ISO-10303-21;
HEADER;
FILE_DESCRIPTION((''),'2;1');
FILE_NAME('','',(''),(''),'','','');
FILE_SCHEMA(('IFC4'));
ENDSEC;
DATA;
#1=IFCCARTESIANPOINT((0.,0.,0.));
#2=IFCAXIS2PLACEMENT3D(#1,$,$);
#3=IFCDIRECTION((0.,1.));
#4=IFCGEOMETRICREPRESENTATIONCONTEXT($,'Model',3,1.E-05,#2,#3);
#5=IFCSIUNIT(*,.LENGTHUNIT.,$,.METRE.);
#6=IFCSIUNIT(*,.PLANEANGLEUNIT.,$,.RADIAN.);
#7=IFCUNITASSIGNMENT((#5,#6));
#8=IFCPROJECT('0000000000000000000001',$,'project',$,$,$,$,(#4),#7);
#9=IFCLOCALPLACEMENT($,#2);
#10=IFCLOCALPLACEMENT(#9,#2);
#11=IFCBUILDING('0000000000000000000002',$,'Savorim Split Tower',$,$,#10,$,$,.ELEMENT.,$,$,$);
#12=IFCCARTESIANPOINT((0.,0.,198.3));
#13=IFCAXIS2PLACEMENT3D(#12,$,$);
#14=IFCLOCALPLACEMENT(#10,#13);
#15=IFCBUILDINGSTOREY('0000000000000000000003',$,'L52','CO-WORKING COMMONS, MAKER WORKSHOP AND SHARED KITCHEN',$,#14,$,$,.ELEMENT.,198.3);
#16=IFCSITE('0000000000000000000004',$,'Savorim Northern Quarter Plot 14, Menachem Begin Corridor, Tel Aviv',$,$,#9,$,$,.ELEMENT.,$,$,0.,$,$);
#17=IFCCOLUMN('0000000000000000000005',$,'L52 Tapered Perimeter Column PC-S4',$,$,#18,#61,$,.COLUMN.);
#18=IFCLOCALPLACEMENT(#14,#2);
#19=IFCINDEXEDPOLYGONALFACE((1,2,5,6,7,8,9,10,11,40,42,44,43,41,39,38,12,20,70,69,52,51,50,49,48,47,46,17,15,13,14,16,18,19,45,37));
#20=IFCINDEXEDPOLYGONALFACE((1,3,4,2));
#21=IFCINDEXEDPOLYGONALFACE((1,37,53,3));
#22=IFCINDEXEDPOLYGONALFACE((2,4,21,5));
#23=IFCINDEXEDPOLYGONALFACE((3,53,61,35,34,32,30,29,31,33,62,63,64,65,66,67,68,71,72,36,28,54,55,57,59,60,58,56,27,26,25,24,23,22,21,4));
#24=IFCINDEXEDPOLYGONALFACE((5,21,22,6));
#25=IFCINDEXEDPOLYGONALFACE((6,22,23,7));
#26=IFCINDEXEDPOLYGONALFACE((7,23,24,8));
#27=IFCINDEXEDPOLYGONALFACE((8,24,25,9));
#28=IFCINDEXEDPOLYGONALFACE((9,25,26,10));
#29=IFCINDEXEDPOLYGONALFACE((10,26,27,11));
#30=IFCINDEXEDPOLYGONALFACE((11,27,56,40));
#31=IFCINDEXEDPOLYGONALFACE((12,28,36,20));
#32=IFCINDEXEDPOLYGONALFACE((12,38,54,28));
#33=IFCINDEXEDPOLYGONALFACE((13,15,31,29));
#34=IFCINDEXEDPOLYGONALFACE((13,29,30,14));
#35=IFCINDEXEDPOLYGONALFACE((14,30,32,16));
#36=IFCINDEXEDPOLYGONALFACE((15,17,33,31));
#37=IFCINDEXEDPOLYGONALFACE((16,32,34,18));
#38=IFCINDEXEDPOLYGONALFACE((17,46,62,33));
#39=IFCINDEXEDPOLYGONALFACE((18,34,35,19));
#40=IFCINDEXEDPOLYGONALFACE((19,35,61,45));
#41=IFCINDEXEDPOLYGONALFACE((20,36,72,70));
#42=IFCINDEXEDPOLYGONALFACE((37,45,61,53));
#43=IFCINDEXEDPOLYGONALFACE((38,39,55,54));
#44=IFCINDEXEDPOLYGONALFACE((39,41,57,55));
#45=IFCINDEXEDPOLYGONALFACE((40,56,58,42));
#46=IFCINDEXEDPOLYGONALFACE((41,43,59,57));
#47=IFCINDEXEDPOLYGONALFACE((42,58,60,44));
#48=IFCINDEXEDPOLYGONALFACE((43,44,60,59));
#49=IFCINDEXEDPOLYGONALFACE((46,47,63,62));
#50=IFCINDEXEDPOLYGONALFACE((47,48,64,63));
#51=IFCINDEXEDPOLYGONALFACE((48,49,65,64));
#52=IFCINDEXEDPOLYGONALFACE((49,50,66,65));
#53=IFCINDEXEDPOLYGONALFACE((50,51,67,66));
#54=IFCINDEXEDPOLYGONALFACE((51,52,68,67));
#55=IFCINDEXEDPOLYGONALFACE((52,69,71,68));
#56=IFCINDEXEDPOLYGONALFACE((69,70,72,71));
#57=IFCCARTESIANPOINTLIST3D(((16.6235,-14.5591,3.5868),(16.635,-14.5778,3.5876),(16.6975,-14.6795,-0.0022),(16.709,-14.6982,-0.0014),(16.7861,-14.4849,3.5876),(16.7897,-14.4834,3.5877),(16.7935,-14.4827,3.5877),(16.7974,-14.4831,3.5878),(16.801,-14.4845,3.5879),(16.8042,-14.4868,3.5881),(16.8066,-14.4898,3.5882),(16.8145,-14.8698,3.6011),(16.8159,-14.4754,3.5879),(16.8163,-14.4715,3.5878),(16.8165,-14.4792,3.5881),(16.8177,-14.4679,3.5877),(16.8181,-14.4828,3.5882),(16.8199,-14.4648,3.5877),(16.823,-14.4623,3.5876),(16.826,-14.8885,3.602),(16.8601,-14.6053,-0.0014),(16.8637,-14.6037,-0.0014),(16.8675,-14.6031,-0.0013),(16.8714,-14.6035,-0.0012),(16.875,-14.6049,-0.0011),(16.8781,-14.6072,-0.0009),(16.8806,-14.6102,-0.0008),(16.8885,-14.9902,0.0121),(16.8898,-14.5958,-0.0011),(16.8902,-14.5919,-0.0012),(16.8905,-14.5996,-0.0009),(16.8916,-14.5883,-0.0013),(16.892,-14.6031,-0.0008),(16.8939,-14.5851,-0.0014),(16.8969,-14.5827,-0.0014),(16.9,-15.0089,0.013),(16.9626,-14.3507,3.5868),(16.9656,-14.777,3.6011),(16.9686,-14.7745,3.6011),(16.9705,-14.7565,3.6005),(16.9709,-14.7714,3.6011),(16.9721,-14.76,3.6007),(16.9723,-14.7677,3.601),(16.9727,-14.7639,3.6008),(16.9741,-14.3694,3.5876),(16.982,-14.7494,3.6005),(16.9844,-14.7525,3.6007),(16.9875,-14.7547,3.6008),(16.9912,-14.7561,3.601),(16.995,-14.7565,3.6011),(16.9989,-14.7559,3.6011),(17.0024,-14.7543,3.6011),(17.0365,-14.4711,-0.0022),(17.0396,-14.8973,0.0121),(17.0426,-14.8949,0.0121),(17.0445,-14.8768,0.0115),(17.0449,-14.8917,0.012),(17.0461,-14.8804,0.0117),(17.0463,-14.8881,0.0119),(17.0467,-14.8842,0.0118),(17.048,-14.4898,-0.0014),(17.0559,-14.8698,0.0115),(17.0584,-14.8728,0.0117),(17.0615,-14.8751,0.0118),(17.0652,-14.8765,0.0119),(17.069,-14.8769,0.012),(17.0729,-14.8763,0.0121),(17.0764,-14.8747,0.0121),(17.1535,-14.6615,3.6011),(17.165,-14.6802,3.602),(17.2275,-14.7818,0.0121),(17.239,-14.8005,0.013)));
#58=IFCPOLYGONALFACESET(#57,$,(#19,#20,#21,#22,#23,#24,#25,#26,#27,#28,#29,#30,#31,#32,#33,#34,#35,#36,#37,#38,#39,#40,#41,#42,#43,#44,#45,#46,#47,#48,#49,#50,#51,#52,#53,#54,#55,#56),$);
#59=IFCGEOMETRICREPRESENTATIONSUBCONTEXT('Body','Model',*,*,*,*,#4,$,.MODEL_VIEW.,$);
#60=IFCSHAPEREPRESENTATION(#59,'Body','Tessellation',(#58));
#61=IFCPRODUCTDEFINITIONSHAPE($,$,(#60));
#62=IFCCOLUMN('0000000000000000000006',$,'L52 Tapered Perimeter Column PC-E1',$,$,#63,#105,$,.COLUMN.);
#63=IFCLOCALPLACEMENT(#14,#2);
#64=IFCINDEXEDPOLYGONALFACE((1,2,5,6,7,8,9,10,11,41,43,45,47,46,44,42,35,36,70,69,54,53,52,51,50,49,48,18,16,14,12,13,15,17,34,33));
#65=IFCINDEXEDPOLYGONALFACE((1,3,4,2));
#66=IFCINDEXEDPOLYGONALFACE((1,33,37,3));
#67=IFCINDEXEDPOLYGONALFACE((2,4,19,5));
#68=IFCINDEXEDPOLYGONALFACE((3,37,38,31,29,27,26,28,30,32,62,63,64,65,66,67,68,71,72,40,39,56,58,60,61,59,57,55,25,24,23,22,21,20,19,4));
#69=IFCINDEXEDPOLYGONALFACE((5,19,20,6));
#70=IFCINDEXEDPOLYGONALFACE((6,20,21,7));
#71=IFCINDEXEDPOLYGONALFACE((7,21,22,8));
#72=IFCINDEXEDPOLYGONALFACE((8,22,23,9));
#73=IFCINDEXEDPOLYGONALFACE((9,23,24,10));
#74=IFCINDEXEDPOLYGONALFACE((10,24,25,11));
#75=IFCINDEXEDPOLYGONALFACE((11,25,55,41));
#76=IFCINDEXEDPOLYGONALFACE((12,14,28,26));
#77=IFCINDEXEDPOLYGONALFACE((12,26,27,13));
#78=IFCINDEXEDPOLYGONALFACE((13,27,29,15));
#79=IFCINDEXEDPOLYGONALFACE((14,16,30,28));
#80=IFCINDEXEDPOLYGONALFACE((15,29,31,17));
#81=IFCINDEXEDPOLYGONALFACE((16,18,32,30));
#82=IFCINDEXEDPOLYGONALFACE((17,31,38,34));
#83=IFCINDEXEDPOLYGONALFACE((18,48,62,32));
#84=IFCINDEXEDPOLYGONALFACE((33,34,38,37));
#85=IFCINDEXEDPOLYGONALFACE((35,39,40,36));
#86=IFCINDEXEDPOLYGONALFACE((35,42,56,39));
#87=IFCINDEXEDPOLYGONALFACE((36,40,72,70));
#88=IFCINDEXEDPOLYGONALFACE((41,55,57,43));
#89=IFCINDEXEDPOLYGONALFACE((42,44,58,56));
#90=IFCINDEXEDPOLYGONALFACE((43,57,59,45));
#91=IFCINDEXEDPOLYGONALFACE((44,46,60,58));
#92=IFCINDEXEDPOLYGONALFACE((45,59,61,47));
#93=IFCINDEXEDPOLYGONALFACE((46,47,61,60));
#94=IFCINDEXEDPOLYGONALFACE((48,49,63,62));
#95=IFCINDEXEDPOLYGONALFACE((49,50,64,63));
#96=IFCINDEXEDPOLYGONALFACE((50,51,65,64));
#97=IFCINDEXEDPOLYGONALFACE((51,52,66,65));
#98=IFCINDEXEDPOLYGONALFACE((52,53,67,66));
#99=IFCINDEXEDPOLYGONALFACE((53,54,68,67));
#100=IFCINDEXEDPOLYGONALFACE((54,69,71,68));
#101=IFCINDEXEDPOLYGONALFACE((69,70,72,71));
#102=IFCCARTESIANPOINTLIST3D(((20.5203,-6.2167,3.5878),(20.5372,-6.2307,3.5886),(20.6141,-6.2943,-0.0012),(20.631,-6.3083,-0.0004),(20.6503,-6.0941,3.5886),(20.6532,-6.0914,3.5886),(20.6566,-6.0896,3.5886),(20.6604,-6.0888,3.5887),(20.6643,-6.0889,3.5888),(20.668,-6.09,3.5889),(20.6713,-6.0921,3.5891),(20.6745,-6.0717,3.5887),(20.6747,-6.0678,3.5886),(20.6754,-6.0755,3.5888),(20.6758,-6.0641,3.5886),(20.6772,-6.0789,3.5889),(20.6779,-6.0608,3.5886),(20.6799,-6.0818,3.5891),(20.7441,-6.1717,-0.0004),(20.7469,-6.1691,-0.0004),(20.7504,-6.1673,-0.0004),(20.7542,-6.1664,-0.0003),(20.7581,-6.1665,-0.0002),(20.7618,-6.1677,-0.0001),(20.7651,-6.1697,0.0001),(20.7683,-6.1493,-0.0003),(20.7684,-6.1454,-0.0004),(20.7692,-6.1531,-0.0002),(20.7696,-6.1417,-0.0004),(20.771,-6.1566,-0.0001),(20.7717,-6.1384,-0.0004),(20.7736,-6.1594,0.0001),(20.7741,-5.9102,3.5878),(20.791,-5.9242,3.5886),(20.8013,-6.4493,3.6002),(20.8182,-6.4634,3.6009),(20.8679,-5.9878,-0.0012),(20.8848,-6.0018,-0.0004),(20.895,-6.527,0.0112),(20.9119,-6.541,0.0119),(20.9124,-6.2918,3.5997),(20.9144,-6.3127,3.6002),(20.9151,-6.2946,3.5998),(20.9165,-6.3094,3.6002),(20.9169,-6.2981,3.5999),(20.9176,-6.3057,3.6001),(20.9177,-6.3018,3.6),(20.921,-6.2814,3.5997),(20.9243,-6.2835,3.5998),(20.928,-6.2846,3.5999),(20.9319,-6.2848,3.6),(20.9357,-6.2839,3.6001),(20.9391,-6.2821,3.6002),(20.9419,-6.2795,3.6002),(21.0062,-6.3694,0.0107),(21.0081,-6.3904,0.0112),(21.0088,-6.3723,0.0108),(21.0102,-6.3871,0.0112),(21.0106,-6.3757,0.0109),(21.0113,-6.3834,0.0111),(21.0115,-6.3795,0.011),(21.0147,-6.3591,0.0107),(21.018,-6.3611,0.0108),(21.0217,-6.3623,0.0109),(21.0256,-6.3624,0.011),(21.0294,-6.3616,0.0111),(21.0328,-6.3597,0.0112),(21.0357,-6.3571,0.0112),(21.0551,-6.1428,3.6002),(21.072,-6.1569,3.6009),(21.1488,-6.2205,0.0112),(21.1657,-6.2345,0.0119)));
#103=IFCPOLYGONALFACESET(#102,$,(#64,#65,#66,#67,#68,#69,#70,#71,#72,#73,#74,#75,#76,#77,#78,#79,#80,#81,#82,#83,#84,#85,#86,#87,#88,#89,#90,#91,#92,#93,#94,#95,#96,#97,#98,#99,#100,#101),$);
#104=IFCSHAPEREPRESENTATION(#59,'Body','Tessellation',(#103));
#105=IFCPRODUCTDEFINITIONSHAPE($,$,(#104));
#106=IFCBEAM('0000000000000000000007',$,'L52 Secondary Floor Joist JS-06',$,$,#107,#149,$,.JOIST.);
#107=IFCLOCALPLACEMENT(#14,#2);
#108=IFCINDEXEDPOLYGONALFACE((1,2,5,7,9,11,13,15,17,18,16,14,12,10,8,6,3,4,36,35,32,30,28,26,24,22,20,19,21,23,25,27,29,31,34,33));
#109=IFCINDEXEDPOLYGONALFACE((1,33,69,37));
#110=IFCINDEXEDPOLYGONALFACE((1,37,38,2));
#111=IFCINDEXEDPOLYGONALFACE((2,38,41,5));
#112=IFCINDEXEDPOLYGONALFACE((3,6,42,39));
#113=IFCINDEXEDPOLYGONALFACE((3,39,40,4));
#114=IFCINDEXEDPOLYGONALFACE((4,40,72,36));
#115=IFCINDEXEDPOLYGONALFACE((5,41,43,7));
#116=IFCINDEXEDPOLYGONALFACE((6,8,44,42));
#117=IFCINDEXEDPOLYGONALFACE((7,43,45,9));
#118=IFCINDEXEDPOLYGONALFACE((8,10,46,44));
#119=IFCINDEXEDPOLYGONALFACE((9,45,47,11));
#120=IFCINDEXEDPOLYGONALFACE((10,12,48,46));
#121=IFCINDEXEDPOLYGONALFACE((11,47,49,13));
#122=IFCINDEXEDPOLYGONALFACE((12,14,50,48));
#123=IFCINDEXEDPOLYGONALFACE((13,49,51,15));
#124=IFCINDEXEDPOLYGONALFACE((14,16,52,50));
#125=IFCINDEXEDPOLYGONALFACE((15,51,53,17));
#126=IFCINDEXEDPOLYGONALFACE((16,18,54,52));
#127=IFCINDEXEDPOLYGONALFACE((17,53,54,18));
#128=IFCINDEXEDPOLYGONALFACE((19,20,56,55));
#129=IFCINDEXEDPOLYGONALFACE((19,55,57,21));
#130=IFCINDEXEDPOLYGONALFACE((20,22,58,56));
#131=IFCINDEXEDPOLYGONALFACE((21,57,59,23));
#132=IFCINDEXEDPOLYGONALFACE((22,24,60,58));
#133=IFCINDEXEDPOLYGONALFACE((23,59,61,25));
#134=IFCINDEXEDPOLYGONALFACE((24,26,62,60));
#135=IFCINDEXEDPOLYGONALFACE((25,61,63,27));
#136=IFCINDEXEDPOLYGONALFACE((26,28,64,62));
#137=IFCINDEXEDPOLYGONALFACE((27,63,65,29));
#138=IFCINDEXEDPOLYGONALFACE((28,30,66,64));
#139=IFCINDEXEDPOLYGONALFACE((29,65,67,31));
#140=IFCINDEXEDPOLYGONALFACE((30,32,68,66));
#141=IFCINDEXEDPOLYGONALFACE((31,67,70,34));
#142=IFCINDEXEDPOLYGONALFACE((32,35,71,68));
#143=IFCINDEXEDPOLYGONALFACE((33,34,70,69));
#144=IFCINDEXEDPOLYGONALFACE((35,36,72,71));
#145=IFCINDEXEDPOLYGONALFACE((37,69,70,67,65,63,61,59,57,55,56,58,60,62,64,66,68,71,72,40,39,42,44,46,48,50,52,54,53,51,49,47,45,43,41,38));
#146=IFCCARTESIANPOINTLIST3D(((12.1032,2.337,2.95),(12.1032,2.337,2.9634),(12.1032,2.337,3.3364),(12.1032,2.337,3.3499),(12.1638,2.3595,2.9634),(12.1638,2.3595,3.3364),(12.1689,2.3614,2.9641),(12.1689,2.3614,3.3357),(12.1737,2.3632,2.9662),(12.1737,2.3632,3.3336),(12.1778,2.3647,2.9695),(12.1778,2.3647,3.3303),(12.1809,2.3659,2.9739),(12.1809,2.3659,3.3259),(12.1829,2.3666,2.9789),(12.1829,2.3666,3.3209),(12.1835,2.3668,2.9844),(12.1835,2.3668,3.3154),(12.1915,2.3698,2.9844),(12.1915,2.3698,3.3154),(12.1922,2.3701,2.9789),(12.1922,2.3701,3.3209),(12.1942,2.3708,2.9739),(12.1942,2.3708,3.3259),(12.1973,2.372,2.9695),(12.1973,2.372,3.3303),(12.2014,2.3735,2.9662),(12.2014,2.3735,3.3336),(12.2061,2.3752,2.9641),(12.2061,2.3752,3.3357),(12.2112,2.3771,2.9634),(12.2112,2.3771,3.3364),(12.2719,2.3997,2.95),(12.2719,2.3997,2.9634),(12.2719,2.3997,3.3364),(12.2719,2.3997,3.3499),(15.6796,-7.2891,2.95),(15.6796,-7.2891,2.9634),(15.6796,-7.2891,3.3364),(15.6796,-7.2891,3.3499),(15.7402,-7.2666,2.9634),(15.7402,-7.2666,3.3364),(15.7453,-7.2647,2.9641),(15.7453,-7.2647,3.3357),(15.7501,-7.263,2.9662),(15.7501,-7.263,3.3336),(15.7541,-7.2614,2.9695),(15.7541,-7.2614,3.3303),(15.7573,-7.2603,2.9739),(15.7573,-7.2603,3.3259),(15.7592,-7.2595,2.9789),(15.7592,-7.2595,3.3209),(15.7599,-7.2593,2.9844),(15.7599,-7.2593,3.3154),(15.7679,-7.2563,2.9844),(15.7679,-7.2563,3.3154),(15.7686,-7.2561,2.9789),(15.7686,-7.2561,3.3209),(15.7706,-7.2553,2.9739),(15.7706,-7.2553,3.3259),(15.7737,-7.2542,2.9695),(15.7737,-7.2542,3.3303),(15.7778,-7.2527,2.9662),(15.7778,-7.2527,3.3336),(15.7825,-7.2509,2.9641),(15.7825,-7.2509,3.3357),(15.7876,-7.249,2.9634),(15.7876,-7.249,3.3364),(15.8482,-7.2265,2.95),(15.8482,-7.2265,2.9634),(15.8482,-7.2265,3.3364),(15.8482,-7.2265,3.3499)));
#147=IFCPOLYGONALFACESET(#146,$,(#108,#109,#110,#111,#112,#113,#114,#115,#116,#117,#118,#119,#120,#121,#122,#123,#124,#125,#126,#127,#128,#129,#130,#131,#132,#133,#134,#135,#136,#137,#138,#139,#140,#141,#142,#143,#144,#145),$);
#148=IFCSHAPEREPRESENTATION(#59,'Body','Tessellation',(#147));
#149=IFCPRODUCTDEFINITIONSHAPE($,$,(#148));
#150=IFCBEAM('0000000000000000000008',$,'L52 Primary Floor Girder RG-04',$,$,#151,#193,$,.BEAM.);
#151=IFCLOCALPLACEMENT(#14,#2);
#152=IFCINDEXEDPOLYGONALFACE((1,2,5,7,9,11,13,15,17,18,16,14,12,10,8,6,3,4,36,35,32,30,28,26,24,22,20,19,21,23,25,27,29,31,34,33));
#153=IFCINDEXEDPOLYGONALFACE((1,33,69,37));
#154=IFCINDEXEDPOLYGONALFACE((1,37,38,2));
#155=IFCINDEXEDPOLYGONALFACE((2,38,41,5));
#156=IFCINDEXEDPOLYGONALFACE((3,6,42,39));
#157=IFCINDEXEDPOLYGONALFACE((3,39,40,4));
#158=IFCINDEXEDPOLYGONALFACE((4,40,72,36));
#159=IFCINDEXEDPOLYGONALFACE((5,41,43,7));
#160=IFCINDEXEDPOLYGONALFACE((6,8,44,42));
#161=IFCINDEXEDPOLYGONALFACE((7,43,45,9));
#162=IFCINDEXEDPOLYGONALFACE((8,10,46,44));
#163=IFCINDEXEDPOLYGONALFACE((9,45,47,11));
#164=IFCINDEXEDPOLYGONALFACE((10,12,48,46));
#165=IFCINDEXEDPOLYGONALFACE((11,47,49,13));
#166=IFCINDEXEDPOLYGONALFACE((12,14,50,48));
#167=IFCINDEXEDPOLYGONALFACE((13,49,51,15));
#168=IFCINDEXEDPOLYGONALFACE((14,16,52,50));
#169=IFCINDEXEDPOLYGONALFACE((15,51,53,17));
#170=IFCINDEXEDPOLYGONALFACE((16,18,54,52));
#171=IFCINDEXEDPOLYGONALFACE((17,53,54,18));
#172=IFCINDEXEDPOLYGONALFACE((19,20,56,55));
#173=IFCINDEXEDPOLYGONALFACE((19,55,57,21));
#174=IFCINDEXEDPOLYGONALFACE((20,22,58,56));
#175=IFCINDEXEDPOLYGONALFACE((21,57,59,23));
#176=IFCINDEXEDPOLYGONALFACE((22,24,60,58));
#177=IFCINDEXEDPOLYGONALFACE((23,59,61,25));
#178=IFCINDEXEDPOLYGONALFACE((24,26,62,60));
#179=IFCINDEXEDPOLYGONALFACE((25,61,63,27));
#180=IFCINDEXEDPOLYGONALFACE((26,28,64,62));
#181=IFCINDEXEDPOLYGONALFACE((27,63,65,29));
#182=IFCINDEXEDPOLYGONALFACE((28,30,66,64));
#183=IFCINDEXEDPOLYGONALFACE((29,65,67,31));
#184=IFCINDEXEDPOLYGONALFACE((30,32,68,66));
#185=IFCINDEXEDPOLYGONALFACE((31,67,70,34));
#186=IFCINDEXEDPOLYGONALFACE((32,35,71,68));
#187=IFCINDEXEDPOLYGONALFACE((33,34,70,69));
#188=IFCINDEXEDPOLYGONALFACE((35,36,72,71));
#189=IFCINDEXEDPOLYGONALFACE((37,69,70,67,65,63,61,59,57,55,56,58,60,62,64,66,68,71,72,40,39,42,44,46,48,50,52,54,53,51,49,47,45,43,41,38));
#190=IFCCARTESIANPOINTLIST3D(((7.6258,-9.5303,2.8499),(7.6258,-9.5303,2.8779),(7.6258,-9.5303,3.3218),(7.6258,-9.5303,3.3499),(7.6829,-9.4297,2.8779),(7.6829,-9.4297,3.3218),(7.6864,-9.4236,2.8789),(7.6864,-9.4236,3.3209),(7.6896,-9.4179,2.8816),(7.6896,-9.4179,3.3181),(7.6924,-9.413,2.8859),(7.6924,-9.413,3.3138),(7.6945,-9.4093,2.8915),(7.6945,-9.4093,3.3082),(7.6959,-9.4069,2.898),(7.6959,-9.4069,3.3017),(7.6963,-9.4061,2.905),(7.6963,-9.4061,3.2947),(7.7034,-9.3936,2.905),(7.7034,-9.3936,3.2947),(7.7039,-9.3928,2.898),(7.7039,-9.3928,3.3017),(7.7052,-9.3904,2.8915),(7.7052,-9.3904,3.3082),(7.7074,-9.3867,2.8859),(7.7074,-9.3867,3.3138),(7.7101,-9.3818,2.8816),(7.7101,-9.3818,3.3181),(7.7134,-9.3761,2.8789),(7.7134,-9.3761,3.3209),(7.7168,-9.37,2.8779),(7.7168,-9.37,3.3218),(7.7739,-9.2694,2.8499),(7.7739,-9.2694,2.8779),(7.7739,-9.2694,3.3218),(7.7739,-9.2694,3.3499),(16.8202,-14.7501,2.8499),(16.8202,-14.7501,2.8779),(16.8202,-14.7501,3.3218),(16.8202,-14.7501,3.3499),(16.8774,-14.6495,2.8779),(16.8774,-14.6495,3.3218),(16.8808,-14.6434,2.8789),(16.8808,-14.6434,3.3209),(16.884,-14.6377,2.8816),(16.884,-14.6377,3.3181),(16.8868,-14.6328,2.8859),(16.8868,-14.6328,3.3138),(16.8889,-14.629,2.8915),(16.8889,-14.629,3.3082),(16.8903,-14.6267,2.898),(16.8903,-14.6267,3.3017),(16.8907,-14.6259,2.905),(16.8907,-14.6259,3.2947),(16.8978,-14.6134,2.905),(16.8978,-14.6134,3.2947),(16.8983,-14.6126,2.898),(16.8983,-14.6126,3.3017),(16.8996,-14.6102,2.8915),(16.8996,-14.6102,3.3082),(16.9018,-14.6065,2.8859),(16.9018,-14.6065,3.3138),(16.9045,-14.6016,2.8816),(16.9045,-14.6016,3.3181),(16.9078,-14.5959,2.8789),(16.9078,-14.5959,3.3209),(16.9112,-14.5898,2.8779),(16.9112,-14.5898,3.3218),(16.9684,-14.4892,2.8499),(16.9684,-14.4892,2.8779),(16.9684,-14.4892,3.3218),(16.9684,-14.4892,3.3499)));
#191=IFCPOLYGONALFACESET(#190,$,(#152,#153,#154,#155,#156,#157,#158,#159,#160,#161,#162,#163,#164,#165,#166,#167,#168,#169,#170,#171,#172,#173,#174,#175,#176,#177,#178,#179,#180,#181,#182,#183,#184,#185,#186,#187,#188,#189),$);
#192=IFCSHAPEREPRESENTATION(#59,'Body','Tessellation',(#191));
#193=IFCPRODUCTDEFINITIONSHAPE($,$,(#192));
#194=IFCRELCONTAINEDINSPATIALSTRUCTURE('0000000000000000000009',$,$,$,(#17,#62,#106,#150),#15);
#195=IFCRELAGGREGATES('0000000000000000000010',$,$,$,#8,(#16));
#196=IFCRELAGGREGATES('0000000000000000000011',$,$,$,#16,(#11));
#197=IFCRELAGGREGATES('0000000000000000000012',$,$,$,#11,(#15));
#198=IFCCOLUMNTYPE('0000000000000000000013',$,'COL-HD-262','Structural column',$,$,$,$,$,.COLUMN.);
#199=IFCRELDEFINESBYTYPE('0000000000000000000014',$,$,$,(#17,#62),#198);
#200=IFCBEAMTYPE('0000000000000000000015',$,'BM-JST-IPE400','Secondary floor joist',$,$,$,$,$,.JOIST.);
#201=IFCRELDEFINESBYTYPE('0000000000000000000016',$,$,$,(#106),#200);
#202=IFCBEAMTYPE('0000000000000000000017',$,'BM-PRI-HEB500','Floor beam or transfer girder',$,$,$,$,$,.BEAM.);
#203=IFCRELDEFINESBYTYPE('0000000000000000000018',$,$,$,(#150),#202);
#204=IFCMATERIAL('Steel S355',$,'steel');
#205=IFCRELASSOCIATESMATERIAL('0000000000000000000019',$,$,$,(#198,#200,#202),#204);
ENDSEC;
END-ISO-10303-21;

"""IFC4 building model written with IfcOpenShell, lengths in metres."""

from ifc_helpers import new_model, si_unit, direction, frame, origin, origin_2d, place, context, subcontext, project, spatial, i_section, extrude, material, material_profile, profile_set, type_object, element, save


model = new_model("IFC4")

# Units and contexts
model_context = context("Model", 3, precision=1e-05, world=origin(), true_north=direction((0.0, 1.0)))
body_context = subcontext(model_context, "Body", "Model", "MODEL_VIEW")
ifc_project = project(units=[si_unit("LENGTHUNIT", "METRE"), si_unit("PLANEANGLEUNIT", "RADIAN")], contexts=[model_context])

# Site, building, storey
site_placement = place(None, origin())
site = spatial("IfcSite", under=ifc_project, at=site_placement, Name="Savorim Northern Quarter Plot 14, Menachem Begin Corridor, Tel Aviv", CompositionType="ELEMENT", RefElevation=0.0)
building_placement = place(site_placement, origin())
building = spatial("IfcBuilding", under=site, at=building_placement, Name="Savorim Split Tower", CompositionType="ELEMENT")
storey_placement = place(building_placement, frame((0.0, 0.0, 198.3)))
storey = spatial("IfcBuildingStorey", under=building, at=storey_placement, Name="L52", Description="CO-WORKING COMMONS, MAKER WORKSHOP AND SHARED KITCHEN", CompositionType="ELEMENT", Elevation=198.3)

# Columns
ifc_material_1 = material(Name="Steel S355", Category="steel")
ifc_material_profile_1 = material_profile(ifc_material_1, i_section(OverallWidth=0.3979, OverallDepth=0.387, WebThickness=0.0134, FlangeThickness=0.022, FilletRadius=0.0149, at=origin_2d()), Name="HD 400x262")
ifc_profile_set_1 = profile_set([ifc_material_profile_1], Name="Steel S355")
column_type = type_object("IfcColumnType", Name="COL-HD-262", Description="Structural column", PredefinedType="COLUMN", material=ifc_profile_set_1)
column_1_placement = place(storey_placement, frame((16.9683, -14.74, 0.0054), z_axis=(-0.020595, 0.033509, 0.999226), x_axis=(-0.851955, -0.523615, 0.0)))
element("IfcColumn", 1, at=column_1_placement, inside=storey, type_object=column_type, Name="L52 Tapered Perimeter Column PC-S4", PredefinedType="COLUMN", context=body_context, shape_type="SweptSolid", body=[
    extrude(i_section(OverallWidth=0.3979, OverallDepth=0.387, WebThickness=0.0134, FlangeThickness=0.022, FilletRadius=0.0149, at=origin_2d()), origin(), (0.0, 0.0, 1.0), 3.5918),
])
column_2_placement = place(storey_placement, frame((20.8899, -6.2644, 0.0054), z_axis=(-0.026106, 0.021619, 0.999425), x_axis=(-0.637814, -0.77019, 0.0)))
element("IfcColumn", 2, at=column_2_placement, inside=storey, type_object=column_type, Name="L52 Tapered Perimeter Column PC-E1", PredefinedType="COLUMN", context=body_context, shape_type="SweptSolid", body=[
    extrude(i_section(OverallWidth=0.3979, OverallDepth=0.387, WebThickness=0.0134, FlangeThickness=0.022, FilletRadius=0.0149, at=origin_2d()), origin(), (0.0, 0.0, 1.0), 3.5911),
])

# Beams
ifc_material_profile_2 = material_profile(ifc_material_1, i_section(OverallWidth=0.1799, OverallDepth=0.3999, WebThickness=0.0085, FlangeThickness=0.0134, FilletRadius=0.021, at=origin_2d()), Name="IPE 400")
ifc_profile_set_2 = profile_set([ifc_material_profile_2], Name="Steel S355")
beam_type_1 = type_object("IfcBeamType", Name="BM-JST-IPE400", Description="Secondary floor joist", PredefinedType="JOIST", material=ifc_profile_set_2)
beam_1_placement = place(storey_placement, frame((15.7639, -7.2578, 3.1499), z_axis=(-0.348269, 0.937395, 0.0), x_axis=(-0.937395, -0.348269, 0.0)))
element("IfcBeam", 3, at=beam_1_placement, inside=storey, type_object=beam_type_1, Name="L52 Secondary Floor Joist JS-06", PredefinedType="JOIST", context=body_context, shape_type="SweptSolid", body=[
    extrude(i_section(OverallWidth=0.1799, OverallDepth=0.3999, WebThickness=0.0085, FlangeThickness=0.0134, FilletRadius=0.021, at=origin_2d()), origin(), (0.0, 0.0, 1.0), 10.269),
])
ifc_material_profile_3 = material_profile(ifc_material_1, i_section(OverallWidth=0.3, OverallDepth=0.5, WebThickness=0.0144, FlangeThickness=0.0281, FilletRadius=0.0271, at=origin_2d()), Name="HEB 500")
ifc_profile_set_3 = profile_set([ifc_material_profile_3], Name="Steel S355")
beam_type_2 = type_object("IfcBeamType", Name="BM-PRI-HEB500", Description="Floor beam or transfer girder", PredefinedType="BEAM", material=ifc_profile_set_3)
beam_2_placement = place(storey_placement, frame((16.8943, -14.6196, 3.0999), z_axis=(-0.869632, 0.4937, 0.0), x_axis=(-0.4937, -0.869632, 0.0)))
element("IfcBeam", 4, at=beam_2_placement, inside=storey, type_object=beam_type_2, Name="L52 Primary Floor Girder RG-04", PredefinedType="BEAM", context=body_context, shape_type="SweptSolid", body=[
    extrude(i_section(OverallWidth=0.3, OverallDepth=0.5, WebThickness=0.0144, FlangeThickness=0.0281, FilletRadius=0.0271, at=origin_2d()), origin(), (0.0, 0.0, 1.0), 10.5728),
])

save(model, "model.ifc")
